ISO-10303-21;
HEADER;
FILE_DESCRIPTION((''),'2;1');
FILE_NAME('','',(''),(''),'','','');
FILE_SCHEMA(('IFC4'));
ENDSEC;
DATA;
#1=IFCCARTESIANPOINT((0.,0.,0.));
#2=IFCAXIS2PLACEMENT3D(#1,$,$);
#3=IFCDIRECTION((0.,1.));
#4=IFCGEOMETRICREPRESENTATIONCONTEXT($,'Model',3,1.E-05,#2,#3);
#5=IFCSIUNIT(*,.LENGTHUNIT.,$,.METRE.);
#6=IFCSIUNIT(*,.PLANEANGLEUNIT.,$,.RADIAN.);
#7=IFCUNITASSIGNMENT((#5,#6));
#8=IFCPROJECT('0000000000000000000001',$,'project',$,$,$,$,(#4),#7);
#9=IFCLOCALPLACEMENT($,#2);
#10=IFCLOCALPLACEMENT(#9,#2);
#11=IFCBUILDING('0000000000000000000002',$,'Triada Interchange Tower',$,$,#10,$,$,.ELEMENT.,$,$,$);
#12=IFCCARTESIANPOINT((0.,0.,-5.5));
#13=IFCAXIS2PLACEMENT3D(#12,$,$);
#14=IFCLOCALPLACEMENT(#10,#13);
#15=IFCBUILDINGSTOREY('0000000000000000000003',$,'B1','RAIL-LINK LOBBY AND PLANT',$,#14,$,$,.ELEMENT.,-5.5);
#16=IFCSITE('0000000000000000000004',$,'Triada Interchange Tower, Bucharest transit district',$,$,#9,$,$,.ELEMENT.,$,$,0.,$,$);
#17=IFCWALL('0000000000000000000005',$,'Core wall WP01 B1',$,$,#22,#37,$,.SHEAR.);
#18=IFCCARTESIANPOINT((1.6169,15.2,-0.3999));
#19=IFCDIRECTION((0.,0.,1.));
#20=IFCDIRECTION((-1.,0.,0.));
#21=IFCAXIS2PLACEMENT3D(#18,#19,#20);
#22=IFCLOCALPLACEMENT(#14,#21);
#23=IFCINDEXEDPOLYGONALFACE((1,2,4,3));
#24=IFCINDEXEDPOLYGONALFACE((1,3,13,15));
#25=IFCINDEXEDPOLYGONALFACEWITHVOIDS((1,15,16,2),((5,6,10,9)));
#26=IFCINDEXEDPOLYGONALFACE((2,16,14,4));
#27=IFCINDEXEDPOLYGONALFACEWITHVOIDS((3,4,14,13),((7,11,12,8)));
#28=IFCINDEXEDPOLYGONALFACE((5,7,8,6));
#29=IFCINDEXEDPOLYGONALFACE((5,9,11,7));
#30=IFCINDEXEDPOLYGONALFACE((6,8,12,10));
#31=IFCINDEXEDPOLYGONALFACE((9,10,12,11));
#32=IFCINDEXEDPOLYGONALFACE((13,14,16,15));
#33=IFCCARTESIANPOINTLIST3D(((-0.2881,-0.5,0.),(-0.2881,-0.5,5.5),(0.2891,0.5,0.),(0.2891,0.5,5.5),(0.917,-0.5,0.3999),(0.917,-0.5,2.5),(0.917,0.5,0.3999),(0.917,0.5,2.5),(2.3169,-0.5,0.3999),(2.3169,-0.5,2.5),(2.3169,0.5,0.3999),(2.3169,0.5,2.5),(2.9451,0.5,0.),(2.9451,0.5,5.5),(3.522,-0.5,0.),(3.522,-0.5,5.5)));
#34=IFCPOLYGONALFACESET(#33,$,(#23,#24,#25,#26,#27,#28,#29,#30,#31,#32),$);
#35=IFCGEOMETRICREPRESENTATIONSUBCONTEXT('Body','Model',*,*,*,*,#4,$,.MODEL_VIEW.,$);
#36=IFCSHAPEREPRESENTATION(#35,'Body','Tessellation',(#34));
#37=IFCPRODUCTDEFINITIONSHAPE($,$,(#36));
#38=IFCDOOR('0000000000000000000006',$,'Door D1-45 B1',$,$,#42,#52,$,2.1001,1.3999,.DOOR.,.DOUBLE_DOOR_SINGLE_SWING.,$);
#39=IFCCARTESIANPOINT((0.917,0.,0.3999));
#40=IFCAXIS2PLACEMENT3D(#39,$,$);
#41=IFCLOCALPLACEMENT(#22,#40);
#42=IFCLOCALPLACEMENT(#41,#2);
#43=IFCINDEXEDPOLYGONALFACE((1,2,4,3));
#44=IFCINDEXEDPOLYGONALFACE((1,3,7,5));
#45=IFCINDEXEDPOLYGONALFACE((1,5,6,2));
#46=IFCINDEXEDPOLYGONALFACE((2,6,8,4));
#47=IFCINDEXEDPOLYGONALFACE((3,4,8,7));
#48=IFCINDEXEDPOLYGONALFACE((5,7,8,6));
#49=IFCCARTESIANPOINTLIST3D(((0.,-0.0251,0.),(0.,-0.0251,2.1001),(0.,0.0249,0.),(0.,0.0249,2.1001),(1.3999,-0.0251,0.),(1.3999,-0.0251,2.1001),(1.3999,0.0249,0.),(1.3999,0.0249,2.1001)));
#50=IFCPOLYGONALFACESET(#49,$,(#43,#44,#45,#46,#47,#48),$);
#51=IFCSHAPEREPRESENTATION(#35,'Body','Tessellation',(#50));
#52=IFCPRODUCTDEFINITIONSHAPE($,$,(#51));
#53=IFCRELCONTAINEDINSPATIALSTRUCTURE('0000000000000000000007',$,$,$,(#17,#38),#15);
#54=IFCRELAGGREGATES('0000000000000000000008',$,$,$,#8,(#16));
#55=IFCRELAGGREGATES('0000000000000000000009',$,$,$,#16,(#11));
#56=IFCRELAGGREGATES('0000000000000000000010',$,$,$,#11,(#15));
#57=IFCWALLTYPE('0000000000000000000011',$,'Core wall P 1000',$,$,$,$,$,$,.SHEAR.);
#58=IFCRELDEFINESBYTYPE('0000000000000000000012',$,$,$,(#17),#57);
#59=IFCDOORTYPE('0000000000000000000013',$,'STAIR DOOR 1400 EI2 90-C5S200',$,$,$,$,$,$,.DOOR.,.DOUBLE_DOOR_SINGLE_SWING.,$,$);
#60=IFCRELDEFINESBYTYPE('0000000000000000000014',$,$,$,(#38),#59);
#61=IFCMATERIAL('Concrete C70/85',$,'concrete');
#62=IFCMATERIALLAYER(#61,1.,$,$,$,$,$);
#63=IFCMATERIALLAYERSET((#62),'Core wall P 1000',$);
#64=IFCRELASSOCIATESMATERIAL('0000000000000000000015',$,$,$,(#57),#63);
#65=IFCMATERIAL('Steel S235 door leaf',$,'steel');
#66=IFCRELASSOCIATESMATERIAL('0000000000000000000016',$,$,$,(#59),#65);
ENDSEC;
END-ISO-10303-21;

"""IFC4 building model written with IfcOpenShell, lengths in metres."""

from ifc_helpers import new_model, si_unit, direction, frame, frame_2d, origin, place, context, subcontext, project, spatial, polyline, rectangle, outline, extrude, material, layer, layer_set, type_object, element, fill, save


model = new_model("IFC4")

# Units and contexts
model_context = context("Model", 3, precision=1e-05, world=origin(), true_north=direction((0.0, 1.0)))
body_context = subcontext(model_context, "Body", "Model", "MODEL_VIEW")
ifc_project = project(units=[si_unit("LENGTHUNIT", "METRE"), si_unit("PLANEANGLEUNIT", "RADIAN")], contexts=[model_context])

# Site, building, storey
site_placement = place(None, origin())
site = spatial("IfcSite", under=ifc_project, at=site_placement, Name="Triada Interchange Tower, Bucharest transit district", CompositionType="ELEMENT", RefElevation=0.0)
building_placement = place(site_placement, origin())
building = spatial("IfcBuilding", under=site, at=building_placement, Name="Triada Interchange Tower", CompositionType="ELEMENT")
storey_placement = place(building_placement, frame((0.0, 0.0, -5.5)))
storey = spatial("IfcBuildingStorey", under=building, at=storey_placement, Name="B1", Description="RAIL-LINK LOBBY AND PLANT", CompositionType="ELEMENT", Elevation=-5.5)

# Shared definitions
ifc_material_1 = material(Name="Concrete C70/85", Category="concrete")

# Wall, opening, door
ifc_layer = layer(ifc_material_1, 1.0)
ifc_layer_set = layer_set([ifc_layer], Name="Core wall P 1000")
wall_type = type_object("IfcWallType", Name="Core wall P 1000", PredefinedType="SHEAR", material=ifc_layer_set)
wall_placement = place(storey_placement, frame((1.6169, 15.2, -0.3999), z_axis=(0.0, 0.0, 1.0), x_axis=(-1.0, 0.0, 0.0)))
wall = element("IfcWall", 1, at=wall_placement, inside=storey, type_object=wall_type, Name="Core wall WP01 B1", PredefinedType="SHEAR", context=body_context, shape_type="SweptSolid", body=[
    extrude(outline(polyline([(-0.2881, -0.5), (1.6169, -0.5), (3.522, -0.5), (2.9451, 0.5), (1.6172, 0.5), (0.2891, 0.5), (-0.2881, -0.5)])), origin(), (0.0, 0.0, 1.0), 5.5),
])
opening_placement = place(wall_placement, frame((0.917, 0.0, 0.3999)))
opening = element("IfcOpeningElement", 2, at=opening_placement, cuts=wall, PredefinedType="OPENING", context=body_context, shape_type="SweptSolid", body=[
    extrude(rectangle(XDim=1.3999, YDim=2.1001, at=frame_2d((0.7, 1.05))), frame((0.0, 0.51, 0.0), z_axis=(0.0, -1.0, 0.0), x_axis=(1.0, 0.0, 0.0)), (0.0, 0.0, 1.0), 1.02),
])
ifc_material_2 = material(Name="Steel S235 door leaf", Category="steel")
door_type = type_object("IfcDoorType", Name="STAIR DOOR 1400 EI2 90-C5S200", OperationType="DOUBLE_DOOR_SINGLE_SWING", PredefinedType="DOOR", material=ifc_material_2)
door_placement = place(opening_placement, origin())
door = element("IfcDoor", 3, at=door_placement, inside=storey, type_object=door_type, Name="Door D1-45 B1", OperationType="DOUBLE_DOOR_SINGLE_SWING", OverallHeight=2.1001, OverallWidth=1.3999, PredefinedType="DOOR", context=body_context, shape_type="SweptSolid", body=[
    extrude(rectangle(XDim=1.3999, YDim=2.1001, at=frame_2d((0.7, 1.05))), frame((0.0, 0.0249, 0.0), z_axis=(0.0, -1.0, 0.0), x_axis=(1.0, 0.0, 0.0)), (0.0, 0.0, 1.0), 0.05),
])
fill(opening, door)

save(model, "model.ifc")
